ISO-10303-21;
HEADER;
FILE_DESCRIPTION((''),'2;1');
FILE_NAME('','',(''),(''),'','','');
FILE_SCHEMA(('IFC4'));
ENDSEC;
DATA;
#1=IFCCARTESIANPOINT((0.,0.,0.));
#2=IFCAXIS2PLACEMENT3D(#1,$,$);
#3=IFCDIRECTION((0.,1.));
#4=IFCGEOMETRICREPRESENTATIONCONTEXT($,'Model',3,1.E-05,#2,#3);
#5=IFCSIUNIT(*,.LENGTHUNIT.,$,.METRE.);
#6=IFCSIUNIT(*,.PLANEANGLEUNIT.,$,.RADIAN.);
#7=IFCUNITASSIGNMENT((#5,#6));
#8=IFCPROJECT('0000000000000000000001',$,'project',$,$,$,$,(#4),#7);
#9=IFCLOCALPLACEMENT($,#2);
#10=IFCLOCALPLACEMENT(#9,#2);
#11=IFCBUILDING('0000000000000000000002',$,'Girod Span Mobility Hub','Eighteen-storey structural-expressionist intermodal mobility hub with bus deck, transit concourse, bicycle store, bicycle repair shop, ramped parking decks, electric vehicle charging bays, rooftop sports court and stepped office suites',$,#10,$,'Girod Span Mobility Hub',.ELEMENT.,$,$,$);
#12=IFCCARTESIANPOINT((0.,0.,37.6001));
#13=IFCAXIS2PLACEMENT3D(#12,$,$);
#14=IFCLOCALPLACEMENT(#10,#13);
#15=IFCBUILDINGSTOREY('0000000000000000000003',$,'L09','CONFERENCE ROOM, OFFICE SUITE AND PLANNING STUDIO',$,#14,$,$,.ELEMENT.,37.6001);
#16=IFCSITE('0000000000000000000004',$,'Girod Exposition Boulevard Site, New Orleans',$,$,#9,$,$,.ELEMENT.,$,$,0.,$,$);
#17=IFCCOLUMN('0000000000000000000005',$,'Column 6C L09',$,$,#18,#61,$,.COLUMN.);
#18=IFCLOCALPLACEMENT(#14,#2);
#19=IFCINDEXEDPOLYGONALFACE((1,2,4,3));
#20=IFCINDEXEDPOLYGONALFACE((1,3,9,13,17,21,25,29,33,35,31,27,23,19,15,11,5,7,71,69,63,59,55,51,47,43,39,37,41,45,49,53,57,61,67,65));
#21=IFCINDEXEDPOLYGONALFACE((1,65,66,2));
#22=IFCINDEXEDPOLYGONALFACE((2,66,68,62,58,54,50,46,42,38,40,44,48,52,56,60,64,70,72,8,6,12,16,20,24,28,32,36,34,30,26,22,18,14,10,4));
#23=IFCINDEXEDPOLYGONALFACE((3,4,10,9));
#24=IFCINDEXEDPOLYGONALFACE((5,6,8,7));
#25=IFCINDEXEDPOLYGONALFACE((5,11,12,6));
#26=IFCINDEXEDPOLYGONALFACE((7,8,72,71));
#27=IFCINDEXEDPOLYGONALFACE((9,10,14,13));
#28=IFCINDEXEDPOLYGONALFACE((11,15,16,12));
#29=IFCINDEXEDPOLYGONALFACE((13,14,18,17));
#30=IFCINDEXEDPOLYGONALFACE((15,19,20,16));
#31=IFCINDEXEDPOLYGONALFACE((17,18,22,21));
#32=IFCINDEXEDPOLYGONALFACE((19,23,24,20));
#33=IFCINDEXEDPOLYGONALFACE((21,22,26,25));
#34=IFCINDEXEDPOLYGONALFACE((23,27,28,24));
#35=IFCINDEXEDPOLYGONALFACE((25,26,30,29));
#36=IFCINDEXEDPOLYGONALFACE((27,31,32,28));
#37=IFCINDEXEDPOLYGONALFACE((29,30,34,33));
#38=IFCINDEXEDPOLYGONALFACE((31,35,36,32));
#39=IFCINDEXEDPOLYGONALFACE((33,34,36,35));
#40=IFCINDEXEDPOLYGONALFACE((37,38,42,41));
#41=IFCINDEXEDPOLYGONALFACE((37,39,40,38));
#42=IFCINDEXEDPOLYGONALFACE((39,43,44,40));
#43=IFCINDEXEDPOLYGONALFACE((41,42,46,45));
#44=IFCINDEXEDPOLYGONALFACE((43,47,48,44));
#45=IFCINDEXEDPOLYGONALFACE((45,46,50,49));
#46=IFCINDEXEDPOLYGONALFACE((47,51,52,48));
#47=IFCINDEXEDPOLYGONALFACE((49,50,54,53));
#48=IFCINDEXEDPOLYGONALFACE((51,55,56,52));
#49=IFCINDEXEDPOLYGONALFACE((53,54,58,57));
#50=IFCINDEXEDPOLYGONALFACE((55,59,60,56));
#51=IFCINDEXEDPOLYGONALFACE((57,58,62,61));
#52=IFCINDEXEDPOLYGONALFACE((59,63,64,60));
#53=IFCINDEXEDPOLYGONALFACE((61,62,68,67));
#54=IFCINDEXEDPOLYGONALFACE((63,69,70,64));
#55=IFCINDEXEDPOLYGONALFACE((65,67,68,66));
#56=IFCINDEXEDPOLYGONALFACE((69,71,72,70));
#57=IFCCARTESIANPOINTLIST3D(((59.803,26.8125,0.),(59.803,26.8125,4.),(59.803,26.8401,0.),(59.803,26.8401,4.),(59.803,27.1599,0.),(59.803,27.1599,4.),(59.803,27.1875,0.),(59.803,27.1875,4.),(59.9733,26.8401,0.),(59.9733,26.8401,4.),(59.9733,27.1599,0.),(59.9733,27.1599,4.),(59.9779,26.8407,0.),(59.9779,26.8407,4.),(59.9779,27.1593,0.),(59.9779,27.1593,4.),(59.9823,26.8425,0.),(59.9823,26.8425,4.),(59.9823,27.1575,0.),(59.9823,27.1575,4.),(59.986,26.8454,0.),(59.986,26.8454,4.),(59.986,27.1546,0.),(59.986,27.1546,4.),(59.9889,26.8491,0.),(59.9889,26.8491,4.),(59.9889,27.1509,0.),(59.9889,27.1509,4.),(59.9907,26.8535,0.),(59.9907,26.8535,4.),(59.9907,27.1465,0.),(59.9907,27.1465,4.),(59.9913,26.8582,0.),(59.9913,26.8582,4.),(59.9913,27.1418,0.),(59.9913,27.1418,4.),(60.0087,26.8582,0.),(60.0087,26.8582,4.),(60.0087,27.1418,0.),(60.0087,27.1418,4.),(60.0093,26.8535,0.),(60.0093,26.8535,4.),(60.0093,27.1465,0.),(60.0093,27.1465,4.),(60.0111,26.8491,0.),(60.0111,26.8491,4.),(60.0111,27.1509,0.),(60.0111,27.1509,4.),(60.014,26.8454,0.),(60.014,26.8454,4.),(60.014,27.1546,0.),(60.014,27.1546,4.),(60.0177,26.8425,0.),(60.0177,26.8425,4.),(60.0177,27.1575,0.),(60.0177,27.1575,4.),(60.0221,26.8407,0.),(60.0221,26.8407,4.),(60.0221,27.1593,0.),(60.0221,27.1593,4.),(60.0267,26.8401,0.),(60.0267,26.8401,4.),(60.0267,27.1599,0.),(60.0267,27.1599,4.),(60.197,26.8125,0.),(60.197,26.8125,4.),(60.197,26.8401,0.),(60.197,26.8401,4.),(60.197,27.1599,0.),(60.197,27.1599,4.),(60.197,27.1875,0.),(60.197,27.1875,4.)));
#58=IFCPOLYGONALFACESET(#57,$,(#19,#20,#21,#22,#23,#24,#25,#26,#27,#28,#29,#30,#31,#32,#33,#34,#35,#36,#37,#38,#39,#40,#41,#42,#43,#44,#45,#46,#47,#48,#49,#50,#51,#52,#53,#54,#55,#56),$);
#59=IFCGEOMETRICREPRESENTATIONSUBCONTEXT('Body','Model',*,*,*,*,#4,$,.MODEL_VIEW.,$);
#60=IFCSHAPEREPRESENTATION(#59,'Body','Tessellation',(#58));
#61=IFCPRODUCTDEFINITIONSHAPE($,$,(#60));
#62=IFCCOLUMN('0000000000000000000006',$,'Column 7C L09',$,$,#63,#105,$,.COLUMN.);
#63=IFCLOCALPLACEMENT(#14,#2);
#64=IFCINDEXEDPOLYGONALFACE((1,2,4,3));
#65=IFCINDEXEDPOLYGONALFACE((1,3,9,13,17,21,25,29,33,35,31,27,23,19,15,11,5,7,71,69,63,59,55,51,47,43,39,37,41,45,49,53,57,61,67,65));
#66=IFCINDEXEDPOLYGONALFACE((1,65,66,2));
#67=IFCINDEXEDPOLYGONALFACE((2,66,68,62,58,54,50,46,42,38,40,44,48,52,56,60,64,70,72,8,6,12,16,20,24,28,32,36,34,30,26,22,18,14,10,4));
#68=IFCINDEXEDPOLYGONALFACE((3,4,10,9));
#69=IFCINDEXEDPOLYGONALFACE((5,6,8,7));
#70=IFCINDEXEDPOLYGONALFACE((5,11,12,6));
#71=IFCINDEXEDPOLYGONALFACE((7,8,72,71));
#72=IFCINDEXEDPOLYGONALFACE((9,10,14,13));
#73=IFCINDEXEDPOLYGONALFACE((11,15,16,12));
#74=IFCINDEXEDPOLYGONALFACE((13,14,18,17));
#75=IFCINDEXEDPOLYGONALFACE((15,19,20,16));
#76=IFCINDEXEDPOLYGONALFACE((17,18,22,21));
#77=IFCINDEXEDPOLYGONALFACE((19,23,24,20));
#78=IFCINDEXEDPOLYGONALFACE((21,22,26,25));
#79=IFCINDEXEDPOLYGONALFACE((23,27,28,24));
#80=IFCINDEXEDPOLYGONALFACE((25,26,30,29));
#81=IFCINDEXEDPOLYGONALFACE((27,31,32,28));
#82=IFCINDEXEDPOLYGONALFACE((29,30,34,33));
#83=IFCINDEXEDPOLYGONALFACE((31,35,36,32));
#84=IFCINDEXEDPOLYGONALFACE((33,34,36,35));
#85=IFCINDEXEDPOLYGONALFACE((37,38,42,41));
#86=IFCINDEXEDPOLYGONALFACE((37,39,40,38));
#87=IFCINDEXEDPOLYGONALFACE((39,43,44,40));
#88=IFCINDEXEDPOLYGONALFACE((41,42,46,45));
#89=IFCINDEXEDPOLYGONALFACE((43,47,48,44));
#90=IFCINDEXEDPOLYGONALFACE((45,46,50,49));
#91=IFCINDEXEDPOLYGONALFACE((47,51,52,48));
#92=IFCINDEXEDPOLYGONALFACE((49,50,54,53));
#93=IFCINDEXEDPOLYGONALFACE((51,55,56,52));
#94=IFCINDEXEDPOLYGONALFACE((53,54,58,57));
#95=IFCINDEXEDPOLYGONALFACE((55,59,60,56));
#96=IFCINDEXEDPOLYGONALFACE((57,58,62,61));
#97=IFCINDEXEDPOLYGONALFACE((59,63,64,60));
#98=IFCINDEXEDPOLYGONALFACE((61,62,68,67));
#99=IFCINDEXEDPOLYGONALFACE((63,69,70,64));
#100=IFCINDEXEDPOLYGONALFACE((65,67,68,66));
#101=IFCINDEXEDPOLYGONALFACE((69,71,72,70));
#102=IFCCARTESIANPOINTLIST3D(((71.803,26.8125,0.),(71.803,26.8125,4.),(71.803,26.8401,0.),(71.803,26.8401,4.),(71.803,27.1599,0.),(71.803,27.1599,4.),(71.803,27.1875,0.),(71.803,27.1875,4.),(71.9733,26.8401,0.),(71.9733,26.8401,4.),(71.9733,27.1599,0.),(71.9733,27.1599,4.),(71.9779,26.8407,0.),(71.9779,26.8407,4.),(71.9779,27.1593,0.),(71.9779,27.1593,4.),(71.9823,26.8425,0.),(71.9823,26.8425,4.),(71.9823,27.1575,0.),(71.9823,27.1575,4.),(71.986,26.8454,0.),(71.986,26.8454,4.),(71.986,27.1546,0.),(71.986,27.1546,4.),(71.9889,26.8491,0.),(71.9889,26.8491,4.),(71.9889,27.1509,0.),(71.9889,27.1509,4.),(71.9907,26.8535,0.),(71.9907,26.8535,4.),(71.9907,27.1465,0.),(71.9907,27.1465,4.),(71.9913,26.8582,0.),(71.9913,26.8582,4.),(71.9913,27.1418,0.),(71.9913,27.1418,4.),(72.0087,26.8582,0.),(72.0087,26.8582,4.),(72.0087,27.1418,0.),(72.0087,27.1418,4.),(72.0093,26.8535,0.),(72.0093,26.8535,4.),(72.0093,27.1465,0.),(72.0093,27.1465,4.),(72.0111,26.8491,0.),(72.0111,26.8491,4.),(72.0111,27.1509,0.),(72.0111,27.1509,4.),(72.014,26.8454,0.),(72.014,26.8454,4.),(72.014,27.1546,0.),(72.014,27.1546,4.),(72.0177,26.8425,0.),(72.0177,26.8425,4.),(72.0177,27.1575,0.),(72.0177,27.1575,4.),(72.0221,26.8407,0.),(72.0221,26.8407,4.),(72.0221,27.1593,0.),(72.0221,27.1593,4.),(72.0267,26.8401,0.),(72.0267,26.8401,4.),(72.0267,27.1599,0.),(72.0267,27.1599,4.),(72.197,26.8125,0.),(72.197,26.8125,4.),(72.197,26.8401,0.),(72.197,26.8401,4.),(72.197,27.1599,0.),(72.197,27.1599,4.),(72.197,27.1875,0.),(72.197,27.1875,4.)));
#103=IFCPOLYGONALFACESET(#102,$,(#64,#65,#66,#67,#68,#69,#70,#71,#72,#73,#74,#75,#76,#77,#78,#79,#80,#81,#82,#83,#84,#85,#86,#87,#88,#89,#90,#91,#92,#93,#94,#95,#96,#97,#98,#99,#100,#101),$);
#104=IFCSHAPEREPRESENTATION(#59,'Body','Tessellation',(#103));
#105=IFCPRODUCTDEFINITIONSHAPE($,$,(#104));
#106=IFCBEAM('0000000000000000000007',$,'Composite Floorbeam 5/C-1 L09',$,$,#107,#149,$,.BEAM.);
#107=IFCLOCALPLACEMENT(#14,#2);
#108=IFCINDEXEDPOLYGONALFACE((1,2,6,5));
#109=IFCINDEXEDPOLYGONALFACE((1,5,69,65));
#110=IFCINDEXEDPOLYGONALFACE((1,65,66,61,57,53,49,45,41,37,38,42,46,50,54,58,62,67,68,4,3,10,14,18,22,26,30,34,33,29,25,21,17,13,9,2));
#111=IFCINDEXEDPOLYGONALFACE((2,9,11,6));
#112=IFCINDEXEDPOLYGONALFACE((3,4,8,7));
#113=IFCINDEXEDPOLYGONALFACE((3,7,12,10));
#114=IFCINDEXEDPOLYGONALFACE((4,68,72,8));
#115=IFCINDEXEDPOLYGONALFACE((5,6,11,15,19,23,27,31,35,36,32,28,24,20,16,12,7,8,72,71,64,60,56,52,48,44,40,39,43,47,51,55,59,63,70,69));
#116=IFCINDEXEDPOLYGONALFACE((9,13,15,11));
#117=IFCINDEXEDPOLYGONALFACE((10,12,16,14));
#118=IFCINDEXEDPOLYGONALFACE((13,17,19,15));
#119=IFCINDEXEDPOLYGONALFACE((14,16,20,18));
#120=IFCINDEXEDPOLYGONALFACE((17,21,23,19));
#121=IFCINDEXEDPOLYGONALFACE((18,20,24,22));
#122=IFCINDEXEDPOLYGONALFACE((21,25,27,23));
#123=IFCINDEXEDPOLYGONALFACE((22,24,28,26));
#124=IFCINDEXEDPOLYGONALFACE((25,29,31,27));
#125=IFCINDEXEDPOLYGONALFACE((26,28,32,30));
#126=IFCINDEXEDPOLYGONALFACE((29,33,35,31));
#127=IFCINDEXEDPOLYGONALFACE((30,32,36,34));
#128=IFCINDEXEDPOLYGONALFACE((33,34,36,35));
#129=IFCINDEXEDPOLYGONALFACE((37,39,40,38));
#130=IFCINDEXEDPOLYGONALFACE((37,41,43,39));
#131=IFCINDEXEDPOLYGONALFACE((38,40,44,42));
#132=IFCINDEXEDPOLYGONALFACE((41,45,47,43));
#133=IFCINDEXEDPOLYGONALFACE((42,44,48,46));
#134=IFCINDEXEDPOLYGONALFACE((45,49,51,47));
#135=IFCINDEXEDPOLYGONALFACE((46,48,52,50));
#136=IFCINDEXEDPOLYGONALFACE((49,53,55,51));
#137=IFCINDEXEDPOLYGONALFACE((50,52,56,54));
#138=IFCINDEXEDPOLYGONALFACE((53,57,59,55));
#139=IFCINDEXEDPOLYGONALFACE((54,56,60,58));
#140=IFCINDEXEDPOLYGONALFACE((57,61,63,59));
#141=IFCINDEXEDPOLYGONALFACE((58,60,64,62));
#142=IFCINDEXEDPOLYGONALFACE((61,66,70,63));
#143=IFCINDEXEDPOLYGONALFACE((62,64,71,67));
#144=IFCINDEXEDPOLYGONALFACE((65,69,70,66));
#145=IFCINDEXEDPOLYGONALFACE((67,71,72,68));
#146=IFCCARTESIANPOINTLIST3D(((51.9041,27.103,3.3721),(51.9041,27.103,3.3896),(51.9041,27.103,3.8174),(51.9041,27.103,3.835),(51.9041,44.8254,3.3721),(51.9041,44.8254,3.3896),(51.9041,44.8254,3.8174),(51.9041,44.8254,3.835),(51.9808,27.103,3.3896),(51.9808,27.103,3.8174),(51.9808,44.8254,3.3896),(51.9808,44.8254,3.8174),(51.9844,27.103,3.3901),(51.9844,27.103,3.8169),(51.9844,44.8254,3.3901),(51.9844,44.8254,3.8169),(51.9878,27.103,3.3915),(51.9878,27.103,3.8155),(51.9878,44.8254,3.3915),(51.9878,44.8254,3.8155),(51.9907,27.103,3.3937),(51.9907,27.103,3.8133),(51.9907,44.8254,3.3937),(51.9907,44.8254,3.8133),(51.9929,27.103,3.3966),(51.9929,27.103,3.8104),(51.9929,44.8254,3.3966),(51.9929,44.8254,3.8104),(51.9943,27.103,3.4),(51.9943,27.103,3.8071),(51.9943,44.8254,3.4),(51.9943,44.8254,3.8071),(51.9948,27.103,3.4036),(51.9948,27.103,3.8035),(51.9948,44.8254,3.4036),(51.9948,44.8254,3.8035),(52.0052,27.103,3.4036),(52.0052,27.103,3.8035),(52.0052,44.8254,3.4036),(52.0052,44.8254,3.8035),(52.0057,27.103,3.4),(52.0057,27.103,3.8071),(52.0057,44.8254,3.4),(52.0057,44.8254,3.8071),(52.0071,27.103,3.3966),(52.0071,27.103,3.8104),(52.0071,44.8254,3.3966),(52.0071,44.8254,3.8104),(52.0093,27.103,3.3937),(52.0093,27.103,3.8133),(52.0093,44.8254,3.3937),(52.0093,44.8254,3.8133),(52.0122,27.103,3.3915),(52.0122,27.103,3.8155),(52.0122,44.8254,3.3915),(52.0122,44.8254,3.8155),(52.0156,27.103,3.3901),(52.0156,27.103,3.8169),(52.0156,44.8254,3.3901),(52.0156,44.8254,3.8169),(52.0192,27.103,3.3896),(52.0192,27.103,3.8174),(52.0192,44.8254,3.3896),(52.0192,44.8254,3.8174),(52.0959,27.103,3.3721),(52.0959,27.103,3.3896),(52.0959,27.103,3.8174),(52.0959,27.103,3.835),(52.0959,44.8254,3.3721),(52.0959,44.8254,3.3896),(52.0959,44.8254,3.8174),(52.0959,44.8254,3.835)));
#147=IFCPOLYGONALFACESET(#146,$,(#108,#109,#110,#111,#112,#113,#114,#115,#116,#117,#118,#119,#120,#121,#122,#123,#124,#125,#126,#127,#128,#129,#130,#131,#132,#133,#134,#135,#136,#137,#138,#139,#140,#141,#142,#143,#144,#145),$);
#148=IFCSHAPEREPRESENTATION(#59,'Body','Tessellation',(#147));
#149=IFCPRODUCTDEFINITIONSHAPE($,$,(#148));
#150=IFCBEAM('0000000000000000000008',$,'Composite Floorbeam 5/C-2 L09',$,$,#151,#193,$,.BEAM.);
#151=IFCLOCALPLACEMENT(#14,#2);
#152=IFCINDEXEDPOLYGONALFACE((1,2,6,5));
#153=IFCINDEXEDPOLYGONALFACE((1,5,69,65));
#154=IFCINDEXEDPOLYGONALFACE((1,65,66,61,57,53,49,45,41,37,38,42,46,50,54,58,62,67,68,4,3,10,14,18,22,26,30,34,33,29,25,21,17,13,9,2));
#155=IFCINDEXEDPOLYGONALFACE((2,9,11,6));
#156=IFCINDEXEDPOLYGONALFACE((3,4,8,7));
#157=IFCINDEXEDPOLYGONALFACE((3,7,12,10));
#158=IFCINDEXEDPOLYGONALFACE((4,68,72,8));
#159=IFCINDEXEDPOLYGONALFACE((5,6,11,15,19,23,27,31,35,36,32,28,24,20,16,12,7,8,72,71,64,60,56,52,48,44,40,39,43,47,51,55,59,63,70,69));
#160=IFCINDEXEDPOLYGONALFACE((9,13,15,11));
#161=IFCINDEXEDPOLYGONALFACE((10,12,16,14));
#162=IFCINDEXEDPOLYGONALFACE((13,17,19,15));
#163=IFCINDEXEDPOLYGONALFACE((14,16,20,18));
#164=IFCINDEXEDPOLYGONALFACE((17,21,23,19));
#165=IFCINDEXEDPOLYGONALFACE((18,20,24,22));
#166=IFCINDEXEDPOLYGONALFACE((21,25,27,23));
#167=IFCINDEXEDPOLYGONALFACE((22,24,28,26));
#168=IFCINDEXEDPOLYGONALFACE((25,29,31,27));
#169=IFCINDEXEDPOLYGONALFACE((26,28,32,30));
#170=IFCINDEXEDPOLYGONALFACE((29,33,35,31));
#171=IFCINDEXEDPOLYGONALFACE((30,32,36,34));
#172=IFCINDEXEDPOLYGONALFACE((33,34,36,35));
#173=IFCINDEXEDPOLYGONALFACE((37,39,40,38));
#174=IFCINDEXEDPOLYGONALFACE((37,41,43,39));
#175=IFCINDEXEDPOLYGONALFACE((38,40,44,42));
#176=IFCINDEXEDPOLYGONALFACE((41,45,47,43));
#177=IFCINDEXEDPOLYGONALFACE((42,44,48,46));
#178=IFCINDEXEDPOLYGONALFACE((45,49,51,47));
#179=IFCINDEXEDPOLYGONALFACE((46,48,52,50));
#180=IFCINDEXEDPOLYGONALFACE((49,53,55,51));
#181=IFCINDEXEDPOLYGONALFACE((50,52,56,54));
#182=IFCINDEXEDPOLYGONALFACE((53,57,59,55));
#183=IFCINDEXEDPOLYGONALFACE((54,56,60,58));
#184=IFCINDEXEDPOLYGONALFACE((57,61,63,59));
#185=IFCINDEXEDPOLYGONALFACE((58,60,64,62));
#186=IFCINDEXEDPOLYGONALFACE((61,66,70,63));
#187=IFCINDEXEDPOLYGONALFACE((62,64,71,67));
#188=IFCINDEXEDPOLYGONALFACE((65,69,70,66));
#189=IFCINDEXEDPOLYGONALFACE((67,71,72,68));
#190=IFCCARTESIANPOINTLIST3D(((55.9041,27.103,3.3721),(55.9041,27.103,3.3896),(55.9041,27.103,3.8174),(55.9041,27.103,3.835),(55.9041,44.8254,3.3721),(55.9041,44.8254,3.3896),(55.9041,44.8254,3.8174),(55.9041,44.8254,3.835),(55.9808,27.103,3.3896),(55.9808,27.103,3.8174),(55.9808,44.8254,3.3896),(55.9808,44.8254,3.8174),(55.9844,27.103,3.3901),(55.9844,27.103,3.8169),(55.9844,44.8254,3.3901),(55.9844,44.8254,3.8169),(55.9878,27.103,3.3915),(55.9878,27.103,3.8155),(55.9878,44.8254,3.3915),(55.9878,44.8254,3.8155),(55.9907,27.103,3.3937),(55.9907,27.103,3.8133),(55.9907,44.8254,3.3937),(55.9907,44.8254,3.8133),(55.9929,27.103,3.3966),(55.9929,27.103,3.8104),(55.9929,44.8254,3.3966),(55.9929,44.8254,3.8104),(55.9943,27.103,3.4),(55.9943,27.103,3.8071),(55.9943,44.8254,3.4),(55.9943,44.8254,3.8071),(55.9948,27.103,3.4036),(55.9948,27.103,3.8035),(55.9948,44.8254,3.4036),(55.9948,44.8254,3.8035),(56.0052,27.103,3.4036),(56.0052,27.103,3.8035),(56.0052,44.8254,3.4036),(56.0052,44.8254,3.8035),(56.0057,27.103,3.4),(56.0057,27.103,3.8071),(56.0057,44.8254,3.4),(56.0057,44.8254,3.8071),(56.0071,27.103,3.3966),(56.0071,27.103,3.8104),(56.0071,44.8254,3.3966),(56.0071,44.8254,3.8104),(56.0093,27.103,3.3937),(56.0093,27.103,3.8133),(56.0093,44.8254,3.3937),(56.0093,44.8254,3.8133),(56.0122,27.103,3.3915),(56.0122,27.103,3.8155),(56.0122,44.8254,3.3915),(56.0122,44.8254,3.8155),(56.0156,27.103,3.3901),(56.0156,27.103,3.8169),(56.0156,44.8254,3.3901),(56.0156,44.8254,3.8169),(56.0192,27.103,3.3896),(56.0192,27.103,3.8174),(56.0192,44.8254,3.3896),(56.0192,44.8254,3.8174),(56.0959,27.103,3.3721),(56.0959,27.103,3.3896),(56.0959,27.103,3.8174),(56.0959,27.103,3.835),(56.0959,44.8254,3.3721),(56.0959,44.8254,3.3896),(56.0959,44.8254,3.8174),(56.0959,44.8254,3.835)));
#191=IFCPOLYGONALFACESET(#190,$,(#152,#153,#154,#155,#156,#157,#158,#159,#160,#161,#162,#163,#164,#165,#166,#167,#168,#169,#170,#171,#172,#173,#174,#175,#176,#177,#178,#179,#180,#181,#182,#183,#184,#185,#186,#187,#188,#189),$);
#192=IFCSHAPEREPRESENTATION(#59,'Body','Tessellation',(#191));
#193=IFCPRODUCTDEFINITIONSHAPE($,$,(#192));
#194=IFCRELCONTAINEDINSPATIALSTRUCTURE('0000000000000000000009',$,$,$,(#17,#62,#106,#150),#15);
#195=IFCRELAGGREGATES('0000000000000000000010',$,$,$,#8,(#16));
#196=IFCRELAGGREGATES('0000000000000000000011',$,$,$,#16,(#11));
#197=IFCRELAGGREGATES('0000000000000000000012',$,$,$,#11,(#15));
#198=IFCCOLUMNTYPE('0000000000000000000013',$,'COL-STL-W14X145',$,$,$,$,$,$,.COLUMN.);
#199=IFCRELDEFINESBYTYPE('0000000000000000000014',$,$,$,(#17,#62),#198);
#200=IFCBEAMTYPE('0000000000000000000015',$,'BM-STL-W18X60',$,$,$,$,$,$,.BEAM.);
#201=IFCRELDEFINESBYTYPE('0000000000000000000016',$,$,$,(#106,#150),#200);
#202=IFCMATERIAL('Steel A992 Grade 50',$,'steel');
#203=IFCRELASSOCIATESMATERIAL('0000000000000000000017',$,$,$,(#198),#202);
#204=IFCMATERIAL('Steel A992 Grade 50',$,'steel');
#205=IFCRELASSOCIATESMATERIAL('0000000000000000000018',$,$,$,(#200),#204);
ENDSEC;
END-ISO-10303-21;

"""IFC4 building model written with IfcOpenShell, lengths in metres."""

from ifc_helpers import new_model, si_unit, direction, frame, origin, origin_2d, place, context, subcontext, project, spatial, i_section, extrude, material, material_profile, profile_set, type_object, element, save


model = new_model("IFC4")

# Units and contexts
model_context = context("Model", 3, precision=1e-05, world=origin(), true_north=direction((0.0, 1.0)))
body_context = subcontext(model_context, "Body", "Model", "MODEL_VIEW")
ifc_project = project(units=[si_unit("LENGTHUNIT", "METRE"), si_unit("PLANEANGLEUNIT", "RADIAN")], contexts=[model_context])

# Site, building, storey
site_placement = place(None, origin())
site = spatial("IfcSite", under=ifc_project, at=site_placement, Name="Girod Exposition Boulevard Site, New Orleans", CompositionType="ELEMENT", RefElevation=0.0)
building_placement = place(site_placement, origin())
building = spatial("IfcBuilding", under=site, at=building_placement, Name="Girod Span Mobility Hub", Description="Eighteen-storey structural-expressionist intermodal mobility hub with bus deck, transit concourse, bicycle store, bicycle repair shop, ramped parking decks, electric vehicle charging bays, rooftop sports court and stepped office suites", LongName="Girod Span Mobility Hub", CompositionType="ELEMENT")
storey_placement = place(building_placement, frame((0.0, 0.0, 37.6001)))
storey = spatial("IfcBuildingStorey", under=building, at=storey_placement, Name="L09", Description="CONFERENCE ROOM, OFFICE SUITE AND PLANNING STUDIO", CompositionType="ELEMENT", Elevation=37.6001)

# Columns
ifc_material_1 = material(Name="Steel A992 Grade 50", Category="steel")
ifc_material_profile_1 = material_profile(ifc_material_1, i_section(OverallWidth=0.394, OverallDepth=0.375, WebThickness=0.0173, FlangeThickness=0.0276, FilletRadius=0.0181, at=origin_2d()), Name="W14X145")
ifc_profile_set_1 = profile_set([ifc_material_profile_1], Name="Steel A992 Grade 50")
column_type = type_object("IfcColumnType", Name="COL-STL-W14X145", PredefinedType="COLUMN", material=ifc_profile_set_1)
for number, where, z_axis, x_axis, name in (
    (1, (60.0, 27.0, 0.0), (0.0, 0.0, 1.0), (1.0, 0.0, 0.0), "Column 6C L09"),
    (2, (72.0, 27.0, 0.0), (0.0, 0.0, 1.0), (1.0, 0.0, 0.0), "Column 7C L09"),
):
    element("IfcColumn", number, at=place(storey_placement, frame(where, z_axis=z_axis, x_axis=x_axis)), inside=storey, type_object=column_type, Name=name, PredefinedType="COLUMN", context=body_context, shape_type="SweptSolid", body=[
        extrude(i_section(OverallWidth=0.394, OverallDepth=0.375, WebThickness=0.0173, FlangeThickness=0.0276, FilletRadius=0.0181, at=origin_2d()), origin(), (0.0, 0.0, 1.0), 4.0),
    ])

# Beams
ifc_material_2 = material(Name="Steel A992 Grade 50", Category="steel")
ifc_material_profile_2 = material_profile(ifc_material_2, i_section(OverallWidth=0.1919, OverallDepth=0.4629, WebThickness=0.0105, FlangeThickness=0.0176, FilletRadius=0.0139, at=origin_2d()), Name="W18X60")
ifc_profile_set_2 = profile_set([ifc_material_profile_2], Name="Steel A992 Grade 50")
beam_type_1 = type_object("IfcBeamType", Name="BM-STL-W18X60", PredefinedType="BEAM", material=ifc_profile_set_2)
for number, where, z_axis, x_axis, name in (
    (3, (52.0, 27.103, 3.6035), (0.0, 1.0, 0.0), (-1.0, 0.0, 0.0), "Composite Floorbeam 5/C-1 L09"),
    (4, (56.0, 27.103, 3.6035), (0.0, 1.0, 0.0), (-1.0, 0.0, 0.0), "Composite Floorbeam 5/C-2 L09"),
):
    element("IfcBeam", number, at=place(storey_placement, frame(where, z_axis=z_axis, x_axis=x_axis)), inside=storey, type_object=beam_type_1, Name=name, PredefinedType="BEAM", context=body_context, shape_type="SweptSolid", body=[
        extrude(i_section(OverallWidth=0.1919, OverallDepth=0.4629, WebThickness=0.0105, FlangeThickness=0.0176, FilletRadius=0.0139, at=origin_2d()), origin(), (0.0, 0.0, 1.0), 17.7224),
    ])

save(model, "model.ifc")
